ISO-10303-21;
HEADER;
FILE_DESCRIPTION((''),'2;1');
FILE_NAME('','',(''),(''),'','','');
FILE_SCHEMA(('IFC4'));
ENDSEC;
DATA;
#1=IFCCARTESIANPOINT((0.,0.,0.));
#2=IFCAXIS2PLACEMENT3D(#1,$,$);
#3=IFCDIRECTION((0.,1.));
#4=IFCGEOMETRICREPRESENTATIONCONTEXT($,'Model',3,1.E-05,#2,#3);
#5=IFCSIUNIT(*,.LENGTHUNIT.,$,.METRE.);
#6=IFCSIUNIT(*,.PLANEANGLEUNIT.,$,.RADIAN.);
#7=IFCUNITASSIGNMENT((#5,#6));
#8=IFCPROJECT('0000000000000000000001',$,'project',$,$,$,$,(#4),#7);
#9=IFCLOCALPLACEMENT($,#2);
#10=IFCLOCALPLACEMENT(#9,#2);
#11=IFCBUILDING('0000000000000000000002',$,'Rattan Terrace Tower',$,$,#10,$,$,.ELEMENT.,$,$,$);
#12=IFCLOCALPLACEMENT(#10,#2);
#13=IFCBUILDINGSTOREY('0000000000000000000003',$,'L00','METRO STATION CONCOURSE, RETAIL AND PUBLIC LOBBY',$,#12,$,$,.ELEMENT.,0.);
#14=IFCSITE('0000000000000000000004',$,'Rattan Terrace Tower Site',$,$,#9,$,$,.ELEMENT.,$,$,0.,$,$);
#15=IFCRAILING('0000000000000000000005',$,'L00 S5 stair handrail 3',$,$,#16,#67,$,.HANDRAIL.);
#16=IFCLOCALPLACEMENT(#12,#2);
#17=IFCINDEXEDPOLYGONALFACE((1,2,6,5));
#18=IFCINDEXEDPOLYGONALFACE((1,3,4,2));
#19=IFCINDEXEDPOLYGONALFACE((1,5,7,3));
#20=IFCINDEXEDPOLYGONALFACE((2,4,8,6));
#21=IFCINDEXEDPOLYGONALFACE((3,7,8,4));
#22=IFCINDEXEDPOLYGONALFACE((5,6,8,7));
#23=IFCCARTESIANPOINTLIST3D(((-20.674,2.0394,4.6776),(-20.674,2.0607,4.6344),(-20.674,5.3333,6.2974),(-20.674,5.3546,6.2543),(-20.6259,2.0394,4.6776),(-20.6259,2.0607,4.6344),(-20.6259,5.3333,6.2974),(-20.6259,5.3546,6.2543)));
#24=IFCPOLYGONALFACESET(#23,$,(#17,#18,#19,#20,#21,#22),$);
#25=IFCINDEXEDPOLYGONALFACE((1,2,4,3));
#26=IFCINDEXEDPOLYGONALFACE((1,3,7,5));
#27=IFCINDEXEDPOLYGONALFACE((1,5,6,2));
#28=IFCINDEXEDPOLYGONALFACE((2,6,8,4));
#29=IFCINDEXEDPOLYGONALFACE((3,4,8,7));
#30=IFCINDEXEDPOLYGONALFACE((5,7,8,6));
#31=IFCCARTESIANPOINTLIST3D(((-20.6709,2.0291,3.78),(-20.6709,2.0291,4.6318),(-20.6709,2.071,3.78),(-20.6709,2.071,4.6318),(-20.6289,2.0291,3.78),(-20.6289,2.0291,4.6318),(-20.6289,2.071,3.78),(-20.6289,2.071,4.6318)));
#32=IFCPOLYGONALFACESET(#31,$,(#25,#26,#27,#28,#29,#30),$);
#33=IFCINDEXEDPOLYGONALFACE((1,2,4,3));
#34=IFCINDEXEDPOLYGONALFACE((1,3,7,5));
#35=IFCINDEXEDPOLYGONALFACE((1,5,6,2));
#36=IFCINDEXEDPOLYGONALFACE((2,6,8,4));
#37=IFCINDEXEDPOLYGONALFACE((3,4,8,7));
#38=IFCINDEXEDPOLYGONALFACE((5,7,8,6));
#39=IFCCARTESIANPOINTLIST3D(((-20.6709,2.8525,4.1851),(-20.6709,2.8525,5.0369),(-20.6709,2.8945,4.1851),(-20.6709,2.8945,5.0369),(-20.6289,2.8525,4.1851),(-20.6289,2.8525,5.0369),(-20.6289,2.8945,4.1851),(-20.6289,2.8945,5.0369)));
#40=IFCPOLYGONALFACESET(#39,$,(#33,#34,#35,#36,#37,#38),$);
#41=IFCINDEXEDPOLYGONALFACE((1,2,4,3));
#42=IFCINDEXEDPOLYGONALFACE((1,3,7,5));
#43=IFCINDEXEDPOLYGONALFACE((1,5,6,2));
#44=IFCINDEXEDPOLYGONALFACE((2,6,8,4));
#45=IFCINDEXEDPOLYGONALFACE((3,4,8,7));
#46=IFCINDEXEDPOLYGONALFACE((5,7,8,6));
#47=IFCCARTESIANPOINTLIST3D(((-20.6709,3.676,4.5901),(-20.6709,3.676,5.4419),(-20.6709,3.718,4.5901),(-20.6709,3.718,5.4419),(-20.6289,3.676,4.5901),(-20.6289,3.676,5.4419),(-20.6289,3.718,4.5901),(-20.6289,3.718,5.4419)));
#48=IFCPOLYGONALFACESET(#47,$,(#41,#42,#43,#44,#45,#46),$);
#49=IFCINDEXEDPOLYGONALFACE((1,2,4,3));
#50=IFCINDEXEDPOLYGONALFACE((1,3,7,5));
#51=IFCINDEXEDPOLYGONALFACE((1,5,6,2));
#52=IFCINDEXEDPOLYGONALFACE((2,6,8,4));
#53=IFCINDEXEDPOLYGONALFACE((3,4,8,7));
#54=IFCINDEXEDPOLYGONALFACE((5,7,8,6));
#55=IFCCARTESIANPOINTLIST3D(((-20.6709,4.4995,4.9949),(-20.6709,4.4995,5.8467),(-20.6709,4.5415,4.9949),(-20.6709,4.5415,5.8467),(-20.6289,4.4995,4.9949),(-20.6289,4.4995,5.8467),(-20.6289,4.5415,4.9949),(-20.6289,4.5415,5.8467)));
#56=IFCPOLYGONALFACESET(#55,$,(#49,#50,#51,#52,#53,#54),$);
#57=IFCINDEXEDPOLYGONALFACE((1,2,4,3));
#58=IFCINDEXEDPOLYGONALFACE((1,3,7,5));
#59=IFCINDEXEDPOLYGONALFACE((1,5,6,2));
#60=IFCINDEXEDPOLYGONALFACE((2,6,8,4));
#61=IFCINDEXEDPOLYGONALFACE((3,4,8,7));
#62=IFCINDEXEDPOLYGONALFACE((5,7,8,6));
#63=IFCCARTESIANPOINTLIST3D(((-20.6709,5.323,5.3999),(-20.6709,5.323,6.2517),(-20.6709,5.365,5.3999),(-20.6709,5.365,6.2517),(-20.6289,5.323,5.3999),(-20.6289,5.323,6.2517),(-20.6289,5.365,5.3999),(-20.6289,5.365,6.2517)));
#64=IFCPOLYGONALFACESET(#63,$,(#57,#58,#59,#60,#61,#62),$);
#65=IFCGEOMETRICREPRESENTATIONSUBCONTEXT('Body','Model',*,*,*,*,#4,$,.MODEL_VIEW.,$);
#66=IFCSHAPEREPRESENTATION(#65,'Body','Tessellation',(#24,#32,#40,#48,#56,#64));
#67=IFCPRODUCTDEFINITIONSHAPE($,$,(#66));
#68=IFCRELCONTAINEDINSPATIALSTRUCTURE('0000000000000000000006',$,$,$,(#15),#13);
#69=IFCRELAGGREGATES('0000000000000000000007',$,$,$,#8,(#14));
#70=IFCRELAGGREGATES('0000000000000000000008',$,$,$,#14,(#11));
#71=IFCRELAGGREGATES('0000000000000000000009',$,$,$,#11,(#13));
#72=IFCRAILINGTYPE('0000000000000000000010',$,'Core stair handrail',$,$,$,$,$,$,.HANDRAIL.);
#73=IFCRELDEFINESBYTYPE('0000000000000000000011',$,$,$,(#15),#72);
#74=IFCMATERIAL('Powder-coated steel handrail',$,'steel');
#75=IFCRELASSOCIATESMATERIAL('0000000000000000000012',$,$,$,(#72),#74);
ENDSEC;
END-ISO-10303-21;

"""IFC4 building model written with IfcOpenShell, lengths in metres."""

from ifc_helpers import new_model, si_unit, direction, frame, origin, origin_2d, place, context, subcontext, project, spatial, rectangle, extrude, material, type_object, element, save


model = new_model("IFC4")

# Units and contexts
model_context = context("Model", 3, precision=1e-05, world=origin(), true_north=direction((0.0, 1.0)))
body_context = subcontext(model_context, "Body", "Model", "MODEL_VIEW")
ifc_project = project(units=[si_unit("LENGTHUNIT", "METRE"), si_unit("PLANEANGLEUNIT", "RADIAN")], contexts=[model_context])

# Site, building, storey
site_placement = place(None, origin())
site = spatial("IfcSite", under=ifc_project, at=site_placement, Name="Rattan Terrace Tower Site", CompositionType="ELEMENT", RefElevation=0.0)
building_placement = place(site_placement, origin())
building = spatial("IfcBuilding", under=site, at=building_placement, Name="Rattan Terrace Tower", CompositionType="ELEMENT")
storey_placement = place(building_placement, origin())
storey = spatial("IfcBuildingStorey", under=building, at=storey_placement, Name="L00", Description="METRO STATION CONCOURSE, RETAIL AND PUBLIC LOBBY", CompositionType="ELEMENT", Elevation=0.0)

# Railing
ifc_material_1 = material(Name="Powder-coated steel handrail", Category="steel")
railing_type_1 = type_object("IfcRailingType", Name="Core stair handrail", PredefinedType="HANDRAIL", material=ifc_material_1)
railing_1_placement = place(storey_placement, frame((-20.6499, 2.05, 3.78)))
element("IfcRailing", 1, at=railing_1_placement, inside=storey, type_object=railing_type_1, Name="L00 S5 stair handrail 3", PredefinedType="HANDRAIL", context=body_context, shape_type="SweptSolid", body=[
    extrude(rectangle(XDim=0.0481, YDim=0.0481, at=origin_2d()), frame((0.0, 0.0, 0.876), z_axis=(0.0, 0.897361, 0.441298), x_axis=(-1.0, 0.0, 0.0)), (0.0, 0.0, 1.0), 3.6707),
    extrude(rectangle(XDim=0.042, YDim=0.042, at=origin_2d()), origin(), (0.0, 0.0, 1.0), 0.8518),
    extrude(rectangle(XDim=0.042, YDim=0.042, at=origin_2d()), frame((0.0, 0.8235, 0.405)), (0.0, 0.0, 1.0), 0.8518),
    extrude(rectangle(XDim=0.042, YDim=0.042, at=origin_2d()), frame((0.0, 1.647, 0.8101)), (0.0, 0.0, 1.0), 0.8518),
    extrude(rectangle(XDim=0.042, YDim=0.042, at=origin_2d()), frame((0.0, 2.4705, 1.2148)), (0.0, 0.0, 1.0), 0.8518),
    extrude(rectangle(XDim=0.042, YDim=0.042, at=origin_2d()), frame((0.0, 3.2939, 1.6199)), (0.0, 0.0, 1.0), 0.8518),
])

save(model, "model.ifc")
